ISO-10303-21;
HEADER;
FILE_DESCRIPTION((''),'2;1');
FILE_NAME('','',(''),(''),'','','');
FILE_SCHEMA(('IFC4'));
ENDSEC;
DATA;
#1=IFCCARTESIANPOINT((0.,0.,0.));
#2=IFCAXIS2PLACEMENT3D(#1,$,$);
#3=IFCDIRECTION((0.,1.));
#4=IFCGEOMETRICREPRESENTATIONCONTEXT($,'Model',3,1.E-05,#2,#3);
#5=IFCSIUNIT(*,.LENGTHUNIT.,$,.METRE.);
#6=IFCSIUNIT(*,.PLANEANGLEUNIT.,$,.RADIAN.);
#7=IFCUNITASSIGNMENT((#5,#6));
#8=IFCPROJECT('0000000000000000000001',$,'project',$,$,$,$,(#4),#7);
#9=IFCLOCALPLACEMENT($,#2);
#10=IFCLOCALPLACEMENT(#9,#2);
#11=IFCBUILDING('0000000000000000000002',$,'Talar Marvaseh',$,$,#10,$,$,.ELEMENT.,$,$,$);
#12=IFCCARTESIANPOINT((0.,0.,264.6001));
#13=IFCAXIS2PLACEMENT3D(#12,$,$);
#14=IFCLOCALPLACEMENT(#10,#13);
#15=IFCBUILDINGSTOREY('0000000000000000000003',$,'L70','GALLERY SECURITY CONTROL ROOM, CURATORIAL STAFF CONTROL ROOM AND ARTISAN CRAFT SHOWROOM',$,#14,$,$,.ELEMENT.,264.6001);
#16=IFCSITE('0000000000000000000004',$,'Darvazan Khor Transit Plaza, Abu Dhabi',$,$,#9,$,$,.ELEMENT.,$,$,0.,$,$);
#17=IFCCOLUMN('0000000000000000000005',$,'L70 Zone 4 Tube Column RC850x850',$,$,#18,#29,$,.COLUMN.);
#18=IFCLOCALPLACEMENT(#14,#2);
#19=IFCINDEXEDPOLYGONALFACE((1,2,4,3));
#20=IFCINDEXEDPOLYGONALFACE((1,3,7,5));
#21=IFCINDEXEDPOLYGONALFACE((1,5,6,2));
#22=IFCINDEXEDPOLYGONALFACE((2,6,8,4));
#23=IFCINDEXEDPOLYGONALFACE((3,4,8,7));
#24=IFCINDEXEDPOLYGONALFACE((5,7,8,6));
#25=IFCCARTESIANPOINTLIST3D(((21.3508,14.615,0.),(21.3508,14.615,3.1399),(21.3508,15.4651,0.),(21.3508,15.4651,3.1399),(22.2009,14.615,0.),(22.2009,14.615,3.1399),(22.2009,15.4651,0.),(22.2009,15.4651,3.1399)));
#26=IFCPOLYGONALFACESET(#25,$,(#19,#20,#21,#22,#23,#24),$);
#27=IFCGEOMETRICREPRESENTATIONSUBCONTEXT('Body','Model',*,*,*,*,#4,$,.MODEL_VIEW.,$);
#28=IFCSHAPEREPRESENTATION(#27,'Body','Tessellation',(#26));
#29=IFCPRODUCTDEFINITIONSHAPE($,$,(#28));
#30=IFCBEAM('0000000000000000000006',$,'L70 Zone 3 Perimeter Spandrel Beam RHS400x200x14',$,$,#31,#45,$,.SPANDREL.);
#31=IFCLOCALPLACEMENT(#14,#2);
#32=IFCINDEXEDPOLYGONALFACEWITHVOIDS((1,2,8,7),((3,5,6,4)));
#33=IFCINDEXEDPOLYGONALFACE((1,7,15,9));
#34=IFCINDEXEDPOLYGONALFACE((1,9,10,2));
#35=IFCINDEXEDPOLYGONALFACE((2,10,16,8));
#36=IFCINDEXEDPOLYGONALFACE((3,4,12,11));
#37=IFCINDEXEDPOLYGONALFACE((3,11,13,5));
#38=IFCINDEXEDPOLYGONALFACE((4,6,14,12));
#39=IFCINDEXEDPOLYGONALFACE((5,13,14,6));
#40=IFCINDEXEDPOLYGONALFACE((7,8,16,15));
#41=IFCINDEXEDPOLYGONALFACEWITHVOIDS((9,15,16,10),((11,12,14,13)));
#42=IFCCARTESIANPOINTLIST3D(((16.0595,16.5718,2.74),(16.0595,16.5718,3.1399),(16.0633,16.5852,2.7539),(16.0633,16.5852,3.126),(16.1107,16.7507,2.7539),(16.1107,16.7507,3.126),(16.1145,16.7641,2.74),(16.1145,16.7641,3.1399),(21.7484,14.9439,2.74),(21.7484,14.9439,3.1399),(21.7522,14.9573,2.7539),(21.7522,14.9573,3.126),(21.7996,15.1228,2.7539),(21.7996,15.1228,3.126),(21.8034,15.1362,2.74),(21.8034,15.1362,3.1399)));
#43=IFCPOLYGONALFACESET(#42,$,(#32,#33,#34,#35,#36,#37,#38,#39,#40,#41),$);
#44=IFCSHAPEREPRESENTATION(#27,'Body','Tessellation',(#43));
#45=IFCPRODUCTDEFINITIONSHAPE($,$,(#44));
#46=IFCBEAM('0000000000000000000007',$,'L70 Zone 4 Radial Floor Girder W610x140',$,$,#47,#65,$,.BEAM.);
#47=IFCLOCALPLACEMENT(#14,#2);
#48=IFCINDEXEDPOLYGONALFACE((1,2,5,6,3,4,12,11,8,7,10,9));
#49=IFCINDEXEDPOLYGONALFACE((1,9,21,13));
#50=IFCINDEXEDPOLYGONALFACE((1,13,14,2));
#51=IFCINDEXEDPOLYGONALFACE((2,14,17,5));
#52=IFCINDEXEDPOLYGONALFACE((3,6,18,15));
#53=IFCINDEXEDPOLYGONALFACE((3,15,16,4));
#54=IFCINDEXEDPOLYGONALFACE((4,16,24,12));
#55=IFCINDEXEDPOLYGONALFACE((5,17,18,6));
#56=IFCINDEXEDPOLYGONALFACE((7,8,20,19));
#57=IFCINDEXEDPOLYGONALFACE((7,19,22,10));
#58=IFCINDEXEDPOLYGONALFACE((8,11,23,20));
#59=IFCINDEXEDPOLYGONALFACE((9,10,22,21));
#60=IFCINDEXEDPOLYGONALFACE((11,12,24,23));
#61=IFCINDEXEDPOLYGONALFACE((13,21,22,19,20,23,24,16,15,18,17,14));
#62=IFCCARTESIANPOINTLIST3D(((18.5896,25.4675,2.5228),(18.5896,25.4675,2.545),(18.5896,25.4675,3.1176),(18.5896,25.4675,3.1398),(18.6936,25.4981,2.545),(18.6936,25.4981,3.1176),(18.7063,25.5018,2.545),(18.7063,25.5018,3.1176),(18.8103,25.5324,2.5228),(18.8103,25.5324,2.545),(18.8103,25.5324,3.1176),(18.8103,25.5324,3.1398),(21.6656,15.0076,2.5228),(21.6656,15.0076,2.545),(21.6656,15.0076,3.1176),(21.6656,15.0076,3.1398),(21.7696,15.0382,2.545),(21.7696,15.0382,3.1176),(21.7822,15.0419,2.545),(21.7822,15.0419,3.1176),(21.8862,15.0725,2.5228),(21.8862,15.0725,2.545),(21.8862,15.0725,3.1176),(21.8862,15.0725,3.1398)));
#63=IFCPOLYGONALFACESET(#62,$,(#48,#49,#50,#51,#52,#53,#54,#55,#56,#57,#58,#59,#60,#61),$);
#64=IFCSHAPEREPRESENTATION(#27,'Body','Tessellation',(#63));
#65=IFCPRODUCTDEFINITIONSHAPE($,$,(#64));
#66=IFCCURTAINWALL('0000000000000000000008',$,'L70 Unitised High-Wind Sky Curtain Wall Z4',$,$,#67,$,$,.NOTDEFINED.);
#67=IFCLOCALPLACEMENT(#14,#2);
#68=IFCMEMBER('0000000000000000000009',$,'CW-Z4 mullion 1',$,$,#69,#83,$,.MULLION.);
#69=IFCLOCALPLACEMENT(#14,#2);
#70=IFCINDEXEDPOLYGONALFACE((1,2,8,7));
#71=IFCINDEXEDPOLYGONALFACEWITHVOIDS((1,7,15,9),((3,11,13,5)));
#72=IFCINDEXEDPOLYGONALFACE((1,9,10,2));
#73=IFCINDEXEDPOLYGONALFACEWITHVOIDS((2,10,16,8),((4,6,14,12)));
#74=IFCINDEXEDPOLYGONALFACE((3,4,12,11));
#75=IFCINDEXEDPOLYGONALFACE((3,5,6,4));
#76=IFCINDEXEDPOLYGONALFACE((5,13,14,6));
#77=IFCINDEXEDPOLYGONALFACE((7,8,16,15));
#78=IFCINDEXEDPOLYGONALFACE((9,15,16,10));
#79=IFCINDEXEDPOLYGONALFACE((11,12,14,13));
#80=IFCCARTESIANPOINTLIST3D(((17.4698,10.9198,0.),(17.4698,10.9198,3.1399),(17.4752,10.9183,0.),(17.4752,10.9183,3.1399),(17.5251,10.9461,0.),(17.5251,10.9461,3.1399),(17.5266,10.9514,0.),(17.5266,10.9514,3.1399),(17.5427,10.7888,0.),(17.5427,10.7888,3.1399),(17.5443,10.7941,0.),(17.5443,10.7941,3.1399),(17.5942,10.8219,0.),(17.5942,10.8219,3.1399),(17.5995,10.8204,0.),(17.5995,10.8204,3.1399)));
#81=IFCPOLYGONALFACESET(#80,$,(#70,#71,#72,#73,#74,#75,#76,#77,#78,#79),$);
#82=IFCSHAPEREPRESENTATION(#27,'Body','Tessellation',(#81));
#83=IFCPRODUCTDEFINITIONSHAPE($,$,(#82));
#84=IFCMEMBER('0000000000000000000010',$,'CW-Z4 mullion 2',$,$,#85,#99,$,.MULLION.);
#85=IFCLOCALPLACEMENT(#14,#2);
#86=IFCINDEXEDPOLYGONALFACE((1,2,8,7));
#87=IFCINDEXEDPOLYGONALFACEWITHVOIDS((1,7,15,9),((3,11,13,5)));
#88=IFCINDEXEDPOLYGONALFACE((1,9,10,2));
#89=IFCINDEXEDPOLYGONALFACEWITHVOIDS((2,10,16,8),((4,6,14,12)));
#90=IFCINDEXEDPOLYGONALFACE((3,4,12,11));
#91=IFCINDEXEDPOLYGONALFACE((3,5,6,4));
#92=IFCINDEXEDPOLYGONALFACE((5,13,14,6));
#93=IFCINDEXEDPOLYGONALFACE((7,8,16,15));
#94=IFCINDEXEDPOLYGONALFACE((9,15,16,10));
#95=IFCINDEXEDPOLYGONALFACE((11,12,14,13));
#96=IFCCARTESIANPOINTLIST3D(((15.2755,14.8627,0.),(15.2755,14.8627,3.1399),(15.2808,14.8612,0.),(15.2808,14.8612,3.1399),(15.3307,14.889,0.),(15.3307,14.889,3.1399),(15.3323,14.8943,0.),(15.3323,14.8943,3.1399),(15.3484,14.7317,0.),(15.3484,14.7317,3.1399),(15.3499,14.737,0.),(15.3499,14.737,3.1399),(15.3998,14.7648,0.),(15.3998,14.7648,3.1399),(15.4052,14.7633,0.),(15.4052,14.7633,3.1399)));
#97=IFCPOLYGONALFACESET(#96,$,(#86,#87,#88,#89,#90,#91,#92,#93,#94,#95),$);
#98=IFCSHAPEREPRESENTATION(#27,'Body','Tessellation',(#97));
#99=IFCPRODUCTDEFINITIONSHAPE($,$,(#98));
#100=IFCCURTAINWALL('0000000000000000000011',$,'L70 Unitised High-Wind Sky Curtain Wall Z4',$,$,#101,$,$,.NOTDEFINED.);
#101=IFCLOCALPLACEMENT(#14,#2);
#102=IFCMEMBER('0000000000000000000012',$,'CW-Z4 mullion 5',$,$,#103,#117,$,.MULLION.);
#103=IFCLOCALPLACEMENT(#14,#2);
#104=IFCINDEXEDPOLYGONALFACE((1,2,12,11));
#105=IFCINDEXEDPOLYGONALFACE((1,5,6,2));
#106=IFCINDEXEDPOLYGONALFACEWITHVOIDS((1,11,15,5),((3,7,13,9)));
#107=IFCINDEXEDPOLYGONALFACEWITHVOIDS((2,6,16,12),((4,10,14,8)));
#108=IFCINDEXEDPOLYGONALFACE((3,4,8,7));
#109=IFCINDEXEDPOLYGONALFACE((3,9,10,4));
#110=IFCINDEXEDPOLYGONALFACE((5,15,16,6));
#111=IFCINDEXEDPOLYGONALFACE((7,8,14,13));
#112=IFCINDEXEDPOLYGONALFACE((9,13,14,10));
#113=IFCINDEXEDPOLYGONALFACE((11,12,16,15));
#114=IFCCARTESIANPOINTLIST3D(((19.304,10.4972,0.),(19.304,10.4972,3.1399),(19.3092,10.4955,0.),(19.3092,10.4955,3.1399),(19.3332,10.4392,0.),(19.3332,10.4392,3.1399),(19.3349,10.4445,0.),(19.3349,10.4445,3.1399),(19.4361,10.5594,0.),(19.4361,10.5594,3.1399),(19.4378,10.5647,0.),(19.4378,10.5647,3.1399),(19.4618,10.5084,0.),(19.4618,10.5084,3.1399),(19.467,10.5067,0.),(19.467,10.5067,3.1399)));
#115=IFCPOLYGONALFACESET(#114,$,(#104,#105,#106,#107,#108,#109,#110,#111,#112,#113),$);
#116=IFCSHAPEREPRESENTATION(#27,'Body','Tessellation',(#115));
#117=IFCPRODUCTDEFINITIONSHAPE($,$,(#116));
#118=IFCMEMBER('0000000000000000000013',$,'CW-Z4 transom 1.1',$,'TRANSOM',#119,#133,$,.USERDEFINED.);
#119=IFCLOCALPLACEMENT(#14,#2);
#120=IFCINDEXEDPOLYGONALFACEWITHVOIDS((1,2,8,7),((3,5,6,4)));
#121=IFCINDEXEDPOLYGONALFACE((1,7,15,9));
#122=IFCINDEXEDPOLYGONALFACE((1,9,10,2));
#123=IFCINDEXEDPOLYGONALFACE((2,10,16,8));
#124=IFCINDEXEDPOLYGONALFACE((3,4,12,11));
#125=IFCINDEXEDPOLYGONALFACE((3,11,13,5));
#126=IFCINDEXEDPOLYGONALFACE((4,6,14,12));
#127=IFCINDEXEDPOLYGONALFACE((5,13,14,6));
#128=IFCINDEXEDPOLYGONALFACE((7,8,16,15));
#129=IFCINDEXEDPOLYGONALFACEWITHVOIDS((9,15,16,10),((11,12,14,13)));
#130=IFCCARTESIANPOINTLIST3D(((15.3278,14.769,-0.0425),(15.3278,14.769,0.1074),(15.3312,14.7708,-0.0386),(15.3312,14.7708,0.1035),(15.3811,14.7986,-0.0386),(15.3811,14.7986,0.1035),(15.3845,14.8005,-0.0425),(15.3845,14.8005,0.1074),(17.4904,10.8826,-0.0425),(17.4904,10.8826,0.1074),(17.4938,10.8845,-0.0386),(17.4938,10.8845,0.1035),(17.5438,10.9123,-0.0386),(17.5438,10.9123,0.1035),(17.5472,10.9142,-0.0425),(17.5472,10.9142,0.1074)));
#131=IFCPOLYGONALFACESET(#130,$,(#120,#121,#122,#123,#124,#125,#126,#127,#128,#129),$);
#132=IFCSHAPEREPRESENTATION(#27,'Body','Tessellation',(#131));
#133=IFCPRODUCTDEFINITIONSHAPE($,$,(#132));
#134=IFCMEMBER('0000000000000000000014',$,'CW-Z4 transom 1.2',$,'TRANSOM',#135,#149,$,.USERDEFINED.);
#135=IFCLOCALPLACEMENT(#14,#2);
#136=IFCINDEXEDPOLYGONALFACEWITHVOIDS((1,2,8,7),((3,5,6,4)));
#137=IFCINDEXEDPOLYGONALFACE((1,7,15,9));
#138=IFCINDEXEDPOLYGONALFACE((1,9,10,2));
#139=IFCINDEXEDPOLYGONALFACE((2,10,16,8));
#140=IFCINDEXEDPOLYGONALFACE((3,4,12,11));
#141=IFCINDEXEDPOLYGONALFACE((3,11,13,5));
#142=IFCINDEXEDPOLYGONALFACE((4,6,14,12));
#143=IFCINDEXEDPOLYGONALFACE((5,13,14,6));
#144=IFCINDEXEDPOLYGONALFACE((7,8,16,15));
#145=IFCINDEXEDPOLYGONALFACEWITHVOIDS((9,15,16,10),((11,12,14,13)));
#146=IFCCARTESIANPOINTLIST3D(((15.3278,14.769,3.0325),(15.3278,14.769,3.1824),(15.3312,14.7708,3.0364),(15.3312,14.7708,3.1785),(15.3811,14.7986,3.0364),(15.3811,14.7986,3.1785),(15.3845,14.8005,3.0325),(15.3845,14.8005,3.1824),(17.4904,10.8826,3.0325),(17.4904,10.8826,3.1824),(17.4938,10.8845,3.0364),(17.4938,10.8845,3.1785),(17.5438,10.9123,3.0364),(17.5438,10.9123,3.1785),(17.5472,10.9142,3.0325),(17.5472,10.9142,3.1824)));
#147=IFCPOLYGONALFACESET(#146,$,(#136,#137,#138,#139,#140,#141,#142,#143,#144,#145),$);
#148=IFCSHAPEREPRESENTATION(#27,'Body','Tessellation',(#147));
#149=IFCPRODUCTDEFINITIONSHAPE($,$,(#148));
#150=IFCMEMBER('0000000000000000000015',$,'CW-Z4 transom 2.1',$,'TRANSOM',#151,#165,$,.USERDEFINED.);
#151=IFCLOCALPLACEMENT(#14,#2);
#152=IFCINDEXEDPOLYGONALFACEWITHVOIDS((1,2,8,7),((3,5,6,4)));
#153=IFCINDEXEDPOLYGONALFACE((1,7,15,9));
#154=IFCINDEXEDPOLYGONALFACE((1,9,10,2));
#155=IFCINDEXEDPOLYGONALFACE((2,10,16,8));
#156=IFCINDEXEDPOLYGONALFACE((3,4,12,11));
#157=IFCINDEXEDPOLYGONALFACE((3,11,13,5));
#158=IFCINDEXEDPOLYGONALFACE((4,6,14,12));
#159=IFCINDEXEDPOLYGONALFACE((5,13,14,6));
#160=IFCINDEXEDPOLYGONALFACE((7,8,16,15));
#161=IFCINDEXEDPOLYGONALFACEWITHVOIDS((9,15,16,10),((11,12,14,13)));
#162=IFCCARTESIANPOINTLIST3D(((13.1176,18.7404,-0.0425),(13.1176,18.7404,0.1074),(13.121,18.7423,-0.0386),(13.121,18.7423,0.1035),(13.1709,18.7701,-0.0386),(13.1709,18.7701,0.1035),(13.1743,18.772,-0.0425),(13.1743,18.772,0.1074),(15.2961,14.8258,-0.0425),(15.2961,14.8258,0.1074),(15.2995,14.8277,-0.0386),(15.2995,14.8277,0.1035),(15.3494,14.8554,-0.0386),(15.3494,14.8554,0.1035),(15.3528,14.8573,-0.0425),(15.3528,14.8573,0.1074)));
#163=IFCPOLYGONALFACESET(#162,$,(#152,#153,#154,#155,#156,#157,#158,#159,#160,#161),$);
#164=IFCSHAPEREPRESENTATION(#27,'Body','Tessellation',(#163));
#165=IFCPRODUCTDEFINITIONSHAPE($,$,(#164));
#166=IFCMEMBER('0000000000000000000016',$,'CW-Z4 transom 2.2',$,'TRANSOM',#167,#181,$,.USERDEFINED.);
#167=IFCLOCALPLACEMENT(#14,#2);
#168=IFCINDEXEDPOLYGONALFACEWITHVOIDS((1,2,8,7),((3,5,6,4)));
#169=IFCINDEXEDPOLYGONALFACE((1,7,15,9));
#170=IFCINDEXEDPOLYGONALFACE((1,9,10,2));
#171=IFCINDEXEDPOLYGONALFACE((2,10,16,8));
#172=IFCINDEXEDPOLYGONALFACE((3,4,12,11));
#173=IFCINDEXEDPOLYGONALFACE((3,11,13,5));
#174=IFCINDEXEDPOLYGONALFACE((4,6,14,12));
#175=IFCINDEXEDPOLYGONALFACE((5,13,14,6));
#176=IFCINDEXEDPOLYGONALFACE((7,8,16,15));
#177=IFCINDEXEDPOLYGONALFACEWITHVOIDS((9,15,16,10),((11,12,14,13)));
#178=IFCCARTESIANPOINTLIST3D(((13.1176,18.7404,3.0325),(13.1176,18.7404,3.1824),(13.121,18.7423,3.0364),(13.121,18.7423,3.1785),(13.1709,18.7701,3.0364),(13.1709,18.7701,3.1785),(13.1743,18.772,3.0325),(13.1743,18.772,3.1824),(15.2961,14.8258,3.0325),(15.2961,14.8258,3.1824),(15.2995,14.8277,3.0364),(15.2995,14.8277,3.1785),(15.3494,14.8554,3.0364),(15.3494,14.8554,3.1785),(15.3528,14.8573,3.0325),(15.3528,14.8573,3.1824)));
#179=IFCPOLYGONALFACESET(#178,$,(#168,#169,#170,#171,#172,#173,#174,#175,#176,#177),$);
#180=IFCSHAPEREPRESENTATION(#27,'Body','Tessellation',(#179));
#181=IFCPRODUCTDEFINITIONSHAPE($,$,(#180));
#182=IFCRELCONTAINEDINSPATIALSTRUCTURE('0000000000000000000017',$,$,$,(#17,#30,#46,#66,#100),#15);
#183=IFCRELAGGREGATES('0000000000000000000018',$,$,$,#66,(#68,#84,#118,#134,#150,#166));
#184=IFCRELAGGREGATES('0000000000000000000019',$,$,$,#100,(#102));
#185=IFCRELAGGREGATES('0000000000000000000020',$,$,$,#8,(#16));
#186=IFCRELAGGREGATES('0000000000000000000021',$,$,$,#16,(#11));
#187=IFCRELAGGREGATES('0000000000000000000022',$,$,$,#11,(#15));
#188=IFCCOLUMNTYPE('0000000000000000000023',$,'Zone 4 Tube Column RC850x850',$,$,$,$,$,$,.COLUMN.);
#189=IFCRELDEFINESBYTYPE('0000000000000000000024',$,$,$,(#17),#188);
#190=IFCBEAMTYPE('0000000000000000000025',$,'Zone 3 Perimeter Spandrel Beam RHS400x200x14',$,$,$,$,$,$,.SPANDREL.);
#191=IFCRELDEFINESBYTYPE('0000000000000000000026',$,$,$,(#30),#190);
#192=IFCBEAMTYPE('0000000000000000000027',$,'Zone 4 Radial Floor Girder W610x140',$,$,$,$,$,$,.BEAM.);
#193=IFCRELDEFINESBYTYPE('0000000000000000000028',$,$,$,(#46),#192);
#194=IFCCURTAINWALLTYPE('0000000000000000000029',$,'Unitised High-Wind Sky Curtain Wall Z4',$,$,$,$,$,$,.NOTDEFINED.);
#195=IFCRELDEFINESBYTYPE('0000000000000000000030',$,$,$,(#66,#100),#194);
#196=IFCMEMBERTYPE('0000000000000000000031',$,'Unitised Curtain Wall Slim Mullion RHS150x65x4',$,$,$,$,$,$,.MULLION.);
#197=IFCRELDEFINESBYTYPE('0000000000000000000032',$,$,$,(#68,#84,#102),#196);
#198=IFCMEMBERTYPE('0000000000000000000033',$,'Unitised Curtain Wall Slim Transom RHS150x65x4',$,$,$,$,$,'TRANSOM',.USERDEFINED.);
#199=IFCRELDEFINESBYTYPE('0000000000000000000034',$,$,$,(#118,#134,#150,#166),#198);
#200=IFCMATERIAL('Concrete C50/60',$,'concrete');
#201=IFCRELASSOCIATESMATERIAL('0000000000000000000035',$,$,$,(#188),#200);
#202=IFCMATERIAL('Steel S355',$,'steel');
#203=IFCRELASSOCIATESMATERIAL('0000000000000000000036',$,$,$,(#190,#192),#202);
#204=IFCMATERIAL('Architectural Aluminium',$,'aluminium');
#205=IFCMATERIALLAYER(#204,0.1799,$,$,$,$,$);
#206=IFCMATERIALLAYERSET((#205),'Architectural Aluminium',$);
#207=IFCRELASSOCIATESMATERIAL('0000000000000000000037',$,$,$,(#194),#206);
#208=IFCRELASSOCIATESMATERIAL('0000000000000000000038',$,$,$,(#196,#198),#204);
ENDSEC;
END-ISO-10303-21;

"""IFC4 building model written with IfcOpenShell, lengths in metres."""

from ifc_helpers import new_model, si_unit, direction, frame, origin, origin_2d, place, context, subcontext, project, spatial, rectangle, hollow_rectangle, i_section, extrude, source, transform, mapped, material, layer, layer_set, material_profile, profile_set, type_object, type_shapes, element, aggregate, save


model = new_model("IFC4")

# Units and contexts
model_context = context("Model", 3, precision=1e-05, world=origin(), true_north=direction((0.0, 1.0)))
body_context = subcontext(model_context, "Body", "Model", "MODEL_VIEW")
ifc_project = project(units=[si_unit("LENGTHUNIT", "METRE"), si_unit("PLANEANGLEUNIT", "RADIAN")], contexts=[model_context])

# Site, building, storey
site_placement = place(None, origin())
site = spatial("IfcSite", under=ifc_project, at=site_placement, Name="Darvazan Khor Transit Plaza, Abu Dhabi", CompositionType="ELEMENT", RefElevation=0.0)
building_placement = place(site_placement, origin())
building = spatial("IfcBuilding", under=site, at=building_placement, Name="Talar Marvaseh", CompositionType="ELEMENT")
storey_placement = place(building_placement, frame((0.0, 0.0, 264.6001)))
storey = spatial("IfcBuildingStorey", under=building, at=storey_placement, Name="L70", Description="GALLERY SECURITY CONTROL ROOM, CURATORIAL STAFF CONTROL ROOM AND ARTISAN CRAFT SHOWROOM", CompositionType="ELEMENT", Elevation=264.6001)

# Column
ifc_material_1 = material(Name="Concrete C50/60", Category="concrete")
ifc_material_profile_1 = material_profile(ifc_material_1, rectangle(XDim=0.8501, YDim=0.8501, at=origin_2d()), Name="RC850x850")
ifc_profile_set_1 = profile_set([ifc_material_profile_1], Name="Concrete C50/60")
column_type = type_object("IfcColumnType", Name="Zone 4 Tube Column RC850x850", PredefinedType="COLUMN", material=ifc_profile_set_1)
column_placement = place(storey_placement, frame((21.7759, 15.04, 0.0), z_axis=(0.0, 0.0, 1.0), x_axis=(1.0, 0.0, 0.0)))
element("IfcColumn", 1, at=column_placement, inside=storey, type_object=column_type, Name="L70 Zone 4 Tube Column RC850x850", PredefinedType="COLUMN", context=body_context, shape_type="SweptSolid", body=[
    extrude(rectangle(XDim=0.8501, YDim=0.8501, at=origin_2d()), origin(), (0.0, 0.0, 1.0), 3.1399),
])

# Beams
ifc_material_2 = material(Name="Steel S355", Category="steel")
ifc_material_profile_2 = material_profile(ifc_material_2, hollow_rectangle(XDim=0.2, YDim=0.3999, WallThickness=0.0139, at=origin_2d()), Name="RHS400x200x14")
ifc_profile_set_2 = profile_set([ifc_material_profile_2], Name="Steel S355")
beam_type_1 = type_object("IfcBeamType", Name="Zone 3 Perimeter Spandrel Beam RHS400x200x14", PredefinedType="SPANDREL", material=ifc_profile_set_2)
beam_1_placement = place(storey_placement, frame((21.7759, 15.04, 2.9399), z_axis=(-0.961412, 0.275113, 0.0), x_axis=(-0.275113, -0.961412, 0.0)))
element("IfcBeam", 2, at=beam_1_placement, inside=storey, type_object=beam_type_1, Name="L70 Zone 3 Perimeter Spandrel Beam RHS400x200x14", PredefinedType="SPANDREL", context=body_context, shape_type="SweptSolid", body=[
    extrude(hollow_rectangle(XDim=0.2, YDim=0.3999, WallThickness=0.0139, at=origin_2d()), origin(), (0.0, 0.0, 1.0), 5.9172),
])
ifc_material_profile_3 = material_profile(ifc_material_2, i_section(OverallWidth=0.23, OverallDepth=0.6169, WebThickness=0.0132, FlangeThickness=0.0222, at=origin_2d()), Name="W610x140")
ifc_profile_set_3 = profile_set([ifc_material_profile_3], Name="Steel S355")
beam_type_2 = type_object("IfcBeamType", Name="Zone 4 Radial Floor Girder W610x140", PredefinedType="BEAM", material=ifc_profile_set_3)
beam_2_placement = place(storey_placement, frame((21.7759, 15.04, 2.8313), z_axis=(-0.282121, 0.959379, 0.0), x_axis=(-0.959379, -0.282121, 0.0)))
element("IfcBeam", 3, at=beam_2_placement, inside=storey, type_object=beam_type_2, Name="L70 Zone 4 Radial Floor Girder W610x140", PredefinedType="BEAM", context=body_context, shape_type="SweptSolid", body=[
    extrude(i_section(OverallWidth=0.23, OverallDepth=0.6169, WebThickness=0.0132, FlangeThickness=0.0222, at=origin_2d()), origin(), (0.0, 0.0, 1.0), 10.9028),
])

# Curtain wall, members
ifc_material_3 = material(Name="Architectural Aluminium", Category="aluminium")
ifc_layer_1 = layer(ifc_material_3, 0.1799)
ifc_layer_set_1 = layer_set([ifc_layer_1], Name="Architectural Aluminium")
curtain_wall_type = type_object("IfcCurtainWallType", Name="Unitised High-Wind Sky Curtain Wall Z4", PredefinedType="NOTDEFINED", material=ifc_layer_set_1)
curtain_wall_1_placement = place(storey_placement, origin())
curtain_wall_1 = element("IfcCurtainWall", 4, at=curtain_wall_1_placement, inside=storey, type_object=curtain_wall_type, Name="L70 Unitised High-Wind Sky Curtain Wall Z4", PredefinedType="NOTDEFINED")
ifc_material_profile_4 = material_profile(ifc_material_3, hollow_rectangle(XDim=0.0649, YDim=0.1499, WallThickness=0.0039, at=origin_2d()), Name="RHS150x65x4")
ifc_profile_set_4 = profile_set([ifc_material_profile_4], Name="Architectural Aluminium")
member_type_1 = type_object("IfcMemberType", Name="Unitised Curtain Wall Slim Mullion RHS150x65x4", PredefinedType="MULLION", material=ifc_profile_set_4)
shared_shape_1 = source(origin(), body_context, "Body", "SweptSolid", [
    extrude(hollow_rectangle(XDim=0.0649, YDim=0.1499, WallThickness=0.0039, at=origin_2d()), origin(), (0.0, 0.0, 1.0), 3.1399),
])
type_shapes(member_type_1, [shared_shape_1])
member_1_placement = place(storey_placement, frame((17.5347, 10.8701, 0.0), z_axis=(0.0, 0.0, 1.0), x_axis=(-0.873803, -0.486279, 0.0)))
member_1 = element("IfcMember", 5, at=member_1_placement, type_object=member_type_1, Name="CW-Z4 mullion 1", PredefinedType="MULLION", context=body_context, shape_type="MappedRepresentation", body=[
    mapped(shared_shape_1, transform((0.0, 0.0, 0.0), x_axis=(1.0, 0.0, 0.0), y_axis=(0.0, 1.0, 0.0), z_axis=(0.0, 0.0, 1.0), scale=1.0)),
])
member_2_placement = place(storey_placement, frame((15.3403, 14.813, 0.0), z_axis=(0.0, 0.0, 1.0), x_axis=(-0.873803, -0.486279, 0.0)))
member_2 = element("IfcMember", 6, at=member_2_placement, type_object=member_type_1, Name="CW-Z4 mullion 2", PredefinedType="MULLION", context=body_context, shape_type="MappedRepresentation", body=[
    mapped(shared_shape_1, transform((0.0, 0.0, 0.0), x_axis=(1.0, 0.0, 0.0), y_axis=(0.0, 1.0, 0.0), z_axis=(0.0, 0.0, 1.0), scale=1.0)),
])

# Curtain wall, member
curtain_wall_2_placement = place(storey_placement, origin())
curtain_wall_2 = element("IfcCurtainWall", 7, at=curtain_wall_2_placement, inside=storey, type_object=curtain_wall_type, Name="L70 Unitised High-Wind Sky Curtain Wall Z4", PredefinedType="NOTDEFINED")
member_3_placement = place(storey_placement, frame((19.3855, 10.502, 0.0), z_axis=(0.0, 0.0, 1.0), x_axis=(0.450237, -0.892909, 0.0)))
member_3 = element("IfcMember", 8, at=member_3_placement, type_object=member_type_1, Name="CW-Z4 mullion 5", PredefinedType="MULLION", context=body_context, shape_type="MappedRepresentation", body=[
    mapped(shared_shape_1, transform((0.0, 0.0, 0.0), x_axis=(1.0, 0.0, 0.0), y_axis=(0.0, 1.0, 0.0), z_axis=(0.0, 0.0, 1.0), scale=1.0)),
])

# Members
ifc_material_profile_5 = material_profile(ifc_material_3, hollow_rectangle(XDim=0.0649, YDim=0.1499, WallThickness=0.0039, at=origin_2d()), Name="RHS150x65x4")
ifc_profile_set_5 = profile_set([ifc_material_profile_5], Name="Architectural Aluminium")
member_type_2 = type_object("IfcMemberType", Name="Unitised Curtain Wall Slim Transom RHS150x65x4", ElementType="TRANSOM", PredefinedType="USERDEFINED", material=ifc_profile_set_5)
shared_shape_2 = source(origin(), body_context, "Body", "SweptSolid", [
    extrude(hollow_rectangle(XDim=0.0649, YDim=0.1499, WallThickness=0.0039, at=origin_2d()), origin(), (0.0, 0.0, 1.0), 4.4475),
])
member_4_placement = place(storey_placement, frame((17.5188, 10.8984, 0.0325), z_axis=(-0.486258, 0.873815, 0.0), x_axis=(-0.873815, -0.486258, 0.0)))
member_4 = element("IfcMember", 9, at=member_4_placement, type_object=member_type_2, Name="CW-Z4 transom 1.1", ObjectType="TRANSOM", PredefinedType="USERDEFINED", context=body_context, shape_type="MappedRepresentation", body=[
    mapped(shared_shape_2, transform((0.0, 0.0, 0.0), x_axis=(1.0, 0.0, 0.0), y_axis=(0.0, 1.0, 0.0), z_axis=(0.0, 0.0, 1.0), scale=1.0)),
])
member_5_placement = place(storey_placement, frame((17.5188, 10.8984, 3.1074), z_axis=(-0.486258, 0.873815, 0.0), x_axis=(-0.873815, -0.486258, 0.0)))
member_5 = element("IfcMember", 10, at=member_5_placement, type_object=member_type_2, Name="CW-Z4 transom 1.2", ObjectType="TRANSOM", PredefinedType="USERDEFINED", context=body_context, shape_type="MappedRepresentation", body=[
    mapped(shared_shape_2, transform((0.0, 0.0, 0.0), x_axis=(1.0, 0.0, 0.0), y_axis=(0.0, 1.0, 0.0), z_axis=(0.0, 0.0, 1.0), scale=1.0)),
])
shared_shape_3 = source(origin(), body_context, "Body", "SweptSolid", [
    extrude(hollow_rectangle(XDim=0.0649, YDim=0.1499, WallThickness=0.0039, at=origin_2d()), origin(), (0.0, 0.0, 1.0), 4.48),
])
type_shapes(member_type_2, [shared_shape_2, shared_shape_3])
member_6_placement = place(storey_placement, frame((15.3245, 14.8416, 0.0325), z_axis=(-0.486277, 0.873805, 0.0), x_axis=(-0.873805, -0.486277, 0.0)))
member_6 = element("IfcMember", 11, at=member_6_placement, type_object=member_type_2, Name="CW-Z4 transom 2.1", ObjectType="TRANSOM", PredefinedType="USERDEFINED", context=body_context, shape_type="MappedRepresentation", body=[
    mapped(shared_shape_3, transform((0.0, 0.0, 0.0), x_axis=(1.0, 0.0, 0.0), y_axis=(0.0, 1.0, 0.0), z_axis=(0.0, 0.0, 1.0), scale=1.0)),
])
member_7_placement = place(storey_placement, frame((15.3245, 14.8416, 3.1074), z_axis=(-0.486277, 0.873805, 0.0), x_axis=(-0.873805, -0.486277, 0.0)))
member_7 = element("IfcMember", 12, at=member_7_placement, type_object=member_type_2, Name="CW-Z4 transom 2.2", ObjectType="TRANSOM", PredefinedType="USERDEFINED", context=body_context, shape_type="MappedRepresentation", body=[
    mapped(shared_shape_3, transform((0.0, 0.0, 0.0), x_axis=(1.0, 0.0, 0.0), y_axis=(0.0, 1.0, 0.0), z_axis=(0.0, 0.0, 1.0), scale=1.0)),
])

aggregate(curtain_wall_1, [member_1, member_2, member_4, member_5, member_6, member_7])
aggregate(curtain_wall_2, [member_3])

save(model, "model.ifc")
